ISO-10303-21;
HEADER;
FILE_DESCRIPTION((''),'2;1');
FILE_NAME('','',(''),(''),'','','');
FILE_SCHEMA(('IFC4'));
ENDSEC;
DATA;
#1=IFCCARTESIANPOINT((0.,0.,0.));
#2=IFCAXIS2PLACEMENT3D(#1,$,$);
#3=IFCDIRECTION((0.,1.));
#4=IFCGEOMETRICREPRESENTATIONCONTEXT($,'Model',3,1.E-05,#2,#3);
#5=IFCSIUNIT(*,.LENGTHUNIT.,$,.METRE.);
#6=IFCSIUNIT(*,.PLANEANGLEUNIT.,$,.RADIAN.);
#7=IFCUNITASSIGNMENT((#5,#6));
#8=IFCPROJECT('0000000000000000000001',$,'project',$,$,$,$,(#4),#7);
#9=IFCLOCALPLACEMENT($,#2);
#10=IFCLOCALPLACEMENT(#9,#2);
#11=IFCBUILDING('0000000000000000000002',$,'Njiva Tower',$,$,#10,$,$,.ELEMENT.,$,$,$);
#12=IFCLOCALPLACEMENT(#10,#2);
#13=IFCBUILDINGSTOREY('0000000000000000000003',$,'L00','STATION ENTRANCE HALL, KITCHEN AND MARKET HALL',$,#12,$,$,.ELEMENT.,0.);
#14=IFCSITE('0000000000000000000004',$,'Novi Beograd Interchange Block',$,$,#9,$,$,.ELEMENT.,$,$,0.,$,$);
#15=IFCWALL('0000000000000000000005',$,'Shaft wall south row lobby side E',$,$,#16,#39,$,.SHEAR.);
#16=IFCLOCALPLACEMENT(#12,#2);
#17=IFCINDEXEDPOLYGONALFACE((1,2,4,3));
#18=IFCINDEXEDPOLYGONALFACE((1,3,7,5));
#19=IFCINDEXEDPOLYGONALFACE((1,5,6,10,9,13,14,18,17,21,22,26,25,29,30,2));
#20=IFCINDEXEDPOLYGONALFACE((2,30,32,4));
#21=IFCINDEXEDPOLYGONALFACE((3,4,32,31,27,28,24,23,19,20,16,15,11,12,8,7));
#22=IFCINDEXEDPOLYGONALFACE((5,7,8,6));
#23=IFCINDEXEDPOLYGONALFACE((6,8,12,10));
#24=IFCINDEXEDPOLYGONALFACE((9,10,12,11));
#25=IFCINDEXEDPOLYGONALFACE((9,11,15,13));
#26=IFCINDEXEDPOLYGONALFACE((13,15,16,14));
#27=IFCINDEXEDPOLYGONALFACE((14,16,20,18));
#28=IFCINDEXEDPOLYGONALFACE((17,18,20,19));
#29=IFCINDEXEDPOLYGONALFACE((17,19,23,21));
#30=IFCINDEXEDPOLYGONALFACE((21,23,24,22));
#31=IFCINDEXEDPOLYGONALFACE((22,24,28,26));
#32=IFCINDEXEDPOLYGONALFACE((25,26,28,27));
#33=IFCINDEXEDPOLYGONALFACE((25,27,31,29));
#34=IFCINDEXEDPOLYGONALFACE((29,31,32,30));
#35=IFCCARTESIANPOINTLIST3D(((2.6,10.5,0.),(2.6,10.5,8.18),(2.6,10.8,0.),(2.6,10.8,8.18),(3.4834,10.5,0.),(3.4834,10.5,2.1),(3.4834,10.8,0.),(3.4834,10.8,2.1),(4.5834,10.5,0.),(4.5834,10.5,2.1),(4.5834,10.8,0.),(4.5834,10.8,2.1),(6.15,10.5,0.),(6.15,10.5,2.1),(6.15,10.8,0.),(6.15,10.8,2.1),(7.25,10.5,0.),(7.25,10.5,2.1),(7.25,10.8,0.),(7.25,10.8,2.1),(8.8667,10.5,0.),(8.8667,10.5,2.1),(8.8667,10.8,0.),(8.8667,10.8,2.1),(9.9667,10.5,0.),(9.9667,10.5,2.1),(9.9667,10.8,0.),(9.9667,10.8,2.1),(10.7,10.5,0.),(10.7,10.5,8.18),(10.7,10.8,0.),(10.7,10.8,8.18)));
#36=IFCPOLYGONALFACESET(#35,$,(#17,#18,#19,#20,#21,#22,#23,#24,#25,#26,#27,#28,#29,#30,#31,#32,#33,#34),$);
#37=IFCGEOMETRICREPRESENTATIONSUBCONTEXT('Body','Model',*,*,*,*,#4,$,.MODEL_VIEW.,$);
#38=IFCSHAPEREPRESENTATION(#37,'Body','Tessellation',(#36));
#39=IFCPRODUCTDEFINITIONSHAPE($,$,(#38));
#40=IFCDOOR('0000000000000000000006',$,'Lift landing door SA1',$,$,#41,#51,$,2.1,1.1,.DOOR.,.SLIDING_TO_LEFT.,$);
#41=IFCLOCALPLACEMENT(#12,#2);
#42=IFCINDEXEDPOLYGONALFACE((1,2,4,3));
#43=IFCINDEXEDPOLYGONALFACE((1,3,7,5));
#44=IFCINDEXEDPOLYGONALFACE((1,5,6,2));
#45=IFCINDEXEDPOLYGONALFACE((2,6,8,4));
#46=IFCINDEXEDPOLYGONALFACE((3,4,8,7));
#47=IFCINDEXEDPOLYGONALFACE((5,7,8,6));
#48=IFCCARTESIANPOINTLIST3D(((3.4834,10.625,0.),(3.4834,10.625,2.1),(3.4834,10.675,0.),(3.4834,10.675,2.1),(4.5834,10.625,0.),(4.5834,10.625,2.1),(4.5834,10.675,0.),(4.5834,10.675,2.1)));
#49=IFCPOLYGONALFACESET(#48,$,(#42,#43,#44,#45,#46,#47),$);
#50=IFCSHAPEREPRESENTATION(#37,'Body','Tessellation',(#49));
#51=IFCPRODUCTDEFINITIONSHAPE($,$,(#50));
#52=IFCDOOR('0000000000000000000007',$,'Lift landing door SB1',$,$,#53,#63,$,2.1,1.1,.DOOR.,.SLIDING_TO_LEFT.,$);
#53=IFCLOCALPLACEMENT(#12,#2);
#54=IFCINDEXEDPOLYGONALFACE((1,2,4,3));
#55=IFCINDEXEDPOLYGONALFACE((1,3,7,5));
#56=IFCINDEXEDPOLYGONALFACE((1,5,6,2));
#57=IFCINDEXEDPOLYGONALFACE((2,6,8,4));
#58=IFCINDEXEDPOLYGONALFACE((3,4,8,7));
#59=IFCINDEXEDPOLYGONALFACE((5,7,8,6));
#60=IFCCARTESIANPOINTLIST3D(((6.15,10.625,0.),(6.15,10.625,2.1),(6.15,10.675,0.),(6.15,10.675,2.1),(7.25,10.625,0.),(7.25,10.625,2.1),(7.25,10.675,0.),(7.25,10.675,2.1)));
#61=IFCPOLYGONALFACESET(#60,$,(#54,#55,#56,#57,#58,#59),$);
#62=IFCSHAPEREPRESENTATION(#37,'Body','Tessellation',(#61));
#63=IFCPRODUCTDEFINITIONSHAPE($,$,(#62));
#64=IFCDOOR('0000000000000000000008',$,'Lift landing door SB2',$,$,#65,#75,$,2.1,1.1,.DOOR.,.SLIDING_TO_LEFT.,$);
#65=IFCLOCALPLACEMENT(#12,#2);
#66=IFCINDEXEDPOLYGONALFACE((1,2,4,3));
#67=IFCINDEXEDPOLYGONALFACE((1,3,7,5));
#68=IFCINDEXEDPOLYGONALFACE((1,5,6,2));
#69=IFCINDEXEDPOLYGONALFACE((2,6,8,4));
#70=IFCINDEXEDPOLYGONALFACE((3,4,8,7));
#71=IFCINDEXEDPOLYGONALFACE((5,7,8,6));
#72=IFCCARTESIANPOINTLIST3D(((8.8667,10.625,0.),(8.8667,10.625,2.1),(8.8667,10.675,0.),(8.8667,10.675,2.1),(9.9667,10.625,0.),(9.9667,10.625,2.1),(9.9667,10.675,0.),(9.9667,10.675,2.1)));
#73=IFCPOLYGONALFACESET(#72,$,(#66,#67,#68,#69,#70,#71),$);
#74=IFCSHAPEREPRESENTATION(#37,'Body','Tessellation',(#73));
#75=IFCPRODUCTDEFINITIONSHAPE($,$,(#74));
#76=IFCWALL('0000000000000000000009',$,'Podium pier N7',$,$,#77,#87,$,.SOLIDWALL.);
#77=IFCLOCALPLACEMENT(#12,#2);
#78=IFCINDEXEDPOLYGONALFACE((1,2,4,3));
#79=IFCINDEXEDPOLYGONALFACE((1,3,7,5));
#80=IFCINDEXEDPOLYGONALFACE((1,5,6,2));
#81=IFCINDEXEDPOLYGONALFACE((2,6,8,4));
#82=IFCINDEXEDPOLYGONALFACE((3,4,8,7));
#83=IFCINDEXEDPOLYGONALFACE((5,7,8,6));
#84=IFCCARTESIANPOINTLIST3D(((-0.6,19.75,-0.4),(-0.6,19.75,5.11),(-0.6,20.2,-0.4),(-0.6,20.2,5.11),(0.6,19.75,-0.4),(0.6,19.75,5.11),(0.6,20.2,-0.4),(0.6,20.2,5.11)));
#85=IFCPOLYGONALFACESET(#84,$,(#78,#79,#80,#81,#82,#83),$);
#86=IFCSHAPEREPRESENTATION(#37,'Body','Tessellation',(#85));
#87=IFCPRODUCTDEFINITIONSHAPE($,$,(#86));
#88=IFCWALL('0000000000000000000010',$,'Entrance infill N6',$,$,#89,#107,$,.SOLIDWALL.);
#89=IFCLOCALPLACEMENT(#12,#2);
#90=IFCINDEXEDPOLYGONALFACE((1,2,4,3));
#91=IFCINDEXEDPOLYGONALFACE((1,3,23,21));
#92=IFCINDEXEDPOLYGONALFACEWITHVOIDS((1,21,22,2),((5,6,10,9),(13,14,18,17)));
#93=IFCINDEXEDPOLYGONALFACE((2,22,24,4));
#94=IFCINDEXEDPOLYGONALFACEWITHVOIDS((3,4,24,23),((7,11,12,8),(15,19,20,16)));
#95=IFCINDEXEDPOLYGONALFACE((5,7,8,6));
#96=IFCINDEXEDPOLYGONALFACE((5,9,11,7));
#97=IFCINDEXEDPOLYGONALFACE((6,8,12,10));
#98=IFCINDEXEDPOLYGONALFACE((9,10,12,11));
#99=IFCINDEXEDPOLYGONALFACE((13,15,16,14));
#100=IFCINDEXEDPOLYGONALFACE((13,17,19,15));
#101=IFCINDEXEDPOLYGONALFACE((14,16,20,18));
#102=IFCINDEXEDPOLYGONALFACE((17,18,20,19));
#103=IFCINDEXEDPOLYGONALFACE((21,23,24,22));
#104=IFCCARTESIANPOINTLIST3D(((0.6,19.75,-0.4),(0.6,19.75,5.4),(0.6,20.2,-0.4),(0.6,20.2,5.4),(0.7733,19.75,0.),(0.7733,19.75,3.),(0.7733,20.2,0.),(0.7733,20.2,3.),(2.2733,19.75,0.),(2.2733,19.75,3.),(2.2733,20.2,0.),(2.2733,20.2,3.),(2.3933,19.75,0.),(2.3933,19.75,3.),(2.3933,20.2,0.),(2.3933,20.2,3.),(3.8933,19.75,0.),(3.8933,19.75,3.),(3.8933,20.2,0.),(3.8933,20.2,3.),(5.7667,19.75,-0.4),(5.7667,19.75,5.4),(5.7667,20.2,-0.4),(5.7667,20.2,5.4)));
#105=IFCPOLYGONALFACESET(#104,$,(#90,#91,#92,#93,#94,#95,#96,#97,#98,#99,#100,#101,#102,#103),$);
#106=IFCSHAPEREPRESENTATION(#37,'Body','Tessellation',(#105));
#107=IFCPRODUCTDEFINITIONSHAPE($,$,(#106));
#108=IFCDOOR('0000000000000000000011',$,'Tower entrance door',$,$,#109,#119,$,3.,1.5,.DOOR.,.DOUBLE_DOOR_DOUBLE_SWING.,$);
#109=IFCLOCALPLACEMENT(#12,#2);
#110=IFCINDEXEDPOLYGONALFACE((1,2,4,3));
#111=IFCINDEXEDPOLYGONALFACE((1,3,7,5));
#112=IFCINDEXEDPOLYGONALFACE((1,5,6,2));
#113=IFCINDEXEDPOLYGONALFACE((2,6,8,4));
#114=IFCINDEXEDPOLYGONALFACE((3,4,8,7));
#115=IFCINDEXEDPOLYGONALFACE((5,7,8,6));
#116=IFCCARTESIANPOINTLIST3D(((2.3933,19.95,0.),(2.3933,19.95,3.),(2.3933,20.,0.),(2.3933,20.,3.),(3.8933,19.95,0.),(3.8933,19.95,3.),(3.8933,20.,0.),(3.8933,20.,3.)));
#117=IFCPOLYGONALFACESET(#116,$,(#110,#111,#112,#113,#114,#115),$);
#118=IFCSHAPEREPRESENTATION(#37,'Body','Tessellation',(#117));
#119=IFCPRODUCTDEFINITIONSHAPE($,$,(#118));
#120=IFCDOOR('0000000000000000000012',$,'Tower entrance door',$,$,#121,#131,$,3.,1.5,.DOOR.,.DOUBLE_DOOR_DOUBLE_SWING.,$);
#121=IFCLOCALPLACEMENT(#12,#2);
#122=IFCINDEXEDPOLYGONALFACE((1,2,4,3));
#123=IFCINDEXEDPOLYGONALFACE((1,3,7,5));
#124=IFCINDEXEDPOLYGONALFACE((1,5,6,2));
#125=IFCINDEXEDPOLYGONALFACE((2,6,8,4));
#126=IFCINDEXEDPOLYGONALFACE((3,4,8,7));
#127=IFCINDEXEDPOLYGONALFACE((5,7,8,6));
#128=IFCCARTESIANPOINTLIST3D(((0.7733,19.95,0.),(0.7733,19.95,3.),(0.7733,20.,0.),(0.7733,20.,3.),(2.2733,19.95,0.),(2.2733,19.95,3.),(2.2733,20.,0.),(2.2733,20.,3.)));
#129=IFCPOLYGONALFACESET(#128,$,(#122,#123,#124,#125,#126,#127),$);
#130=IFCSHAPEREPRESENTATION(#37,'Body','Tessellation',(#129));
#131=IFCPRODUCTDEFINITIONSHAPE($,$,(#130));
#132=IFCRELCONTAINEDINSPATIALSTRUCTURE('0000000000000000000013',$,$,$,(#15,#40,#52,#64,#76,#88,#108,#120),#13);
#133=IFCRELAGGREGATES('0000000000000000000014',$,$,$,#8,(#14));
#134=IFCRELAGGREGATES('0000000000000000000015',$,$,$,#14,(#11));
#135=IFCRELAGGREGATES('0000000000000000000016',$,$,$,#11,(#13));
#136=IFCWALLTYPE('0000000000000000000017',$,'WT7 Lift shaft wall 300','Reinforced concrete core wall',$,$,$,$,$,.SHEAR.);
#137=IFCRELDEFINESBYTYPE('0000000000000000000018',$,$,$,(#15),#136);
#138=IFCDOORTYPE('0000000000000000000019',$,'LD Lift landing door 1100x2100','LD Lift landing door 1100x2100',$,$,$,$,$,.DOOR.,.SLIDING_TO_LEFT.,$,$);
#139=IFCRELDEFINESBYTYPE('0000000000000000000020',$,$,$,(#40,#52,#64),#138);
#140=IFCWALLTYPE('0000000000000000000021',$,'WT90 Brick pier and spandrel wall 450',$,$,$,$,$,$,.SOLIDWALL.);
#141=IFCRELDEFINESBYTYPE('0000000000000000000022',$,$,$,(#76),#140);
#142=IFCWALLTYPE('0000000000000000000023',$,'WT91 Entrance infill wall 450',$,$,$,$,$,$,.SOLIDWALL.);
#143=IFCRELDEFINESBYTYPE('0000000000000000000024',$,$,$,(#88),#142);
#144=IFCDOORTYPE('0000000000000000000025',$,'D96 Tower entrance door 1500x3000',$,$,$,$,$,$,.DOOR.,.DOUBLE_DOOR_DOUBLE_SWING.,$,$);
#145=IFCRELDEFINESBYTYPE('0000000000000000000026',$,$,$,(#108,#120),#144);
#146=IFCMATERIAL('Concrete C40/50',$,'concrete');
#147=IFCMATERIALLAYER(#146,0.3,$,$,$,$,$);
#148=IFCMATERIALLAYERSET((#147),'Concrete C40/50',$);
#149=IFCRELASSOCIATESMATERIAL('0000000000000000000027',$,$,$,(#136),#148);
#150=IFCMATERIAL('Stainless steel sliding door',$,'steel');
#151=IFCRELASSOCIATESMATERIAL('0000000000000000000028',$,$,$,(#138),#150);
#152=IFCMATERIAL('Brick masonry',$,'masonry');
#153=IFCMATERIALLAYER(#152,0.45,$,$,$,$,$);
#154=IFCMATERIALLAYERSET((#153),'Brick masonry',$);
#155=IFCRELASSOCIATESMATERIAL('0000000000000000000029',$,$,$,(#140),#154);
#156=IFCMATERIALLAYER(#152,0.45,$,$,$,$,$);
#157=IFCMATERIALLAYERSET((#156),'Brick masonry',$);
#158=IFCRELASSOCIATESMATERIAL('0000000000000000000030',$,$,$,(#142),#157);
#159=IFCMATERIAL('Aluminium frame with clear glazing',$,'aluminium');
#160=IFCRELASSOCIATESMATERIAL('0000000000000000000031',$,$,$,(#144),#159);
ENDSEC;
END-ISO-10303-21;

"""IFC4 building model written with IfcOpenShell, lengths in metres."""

from ifc_helpers import new_model, si_unit, direction, frame, frame_2d, origin, place, context, subcontext, project, spatial, polyline, rectangle, outline, extrude, material, layer, layer_set, type_object, element, fill, save


model = new_model("IFC4")

# Units and contexts
model_context = context("Model", 3, precision=1e-05, world=origin(), true_north=direction((0.0, 1.0)))
body_context = subcontext(model_context, "Body", "Model", "MODEL_VIEW")
ifc_project = project(units=[si_unit("LENGTHUNIT", "METRE"), si_unit("PLANEANGLEUNIT", "RADIAN")], contexts=[model_context])

# Site, building, storey
site_placement = place(None, origin())
site = spatial("IfcSite", under=ifc_project, at=site_placement, Name="Novi Beograd Interchange Block", CompositionType="ELEMENT", RefElevation=0.0)
building_placement = place(site_placement, origin())
building = spatial("IfcBuilding", under=site, at=building_placement, Name="Njiva Tower", CompositionType="ELEMENT")
storey_placement = place(building_placement, origin())
storey = spatial("IfcBuildingStorey", under=building, at=storey_placement, Name="L00", Description="STATION ENTRANCE HALL, KITCHEN AND MARKET HALL", CompositionType="ELEMENT", Elevation=0.0)

# Shared definitions
ifc_material_1 = material(Name="Concrete C40/50", Category="concrete")

# Wall, openings, doors
ifc_layer_1 = layer(ifc_material_1, 0.3)
ifc_layer_set_1 = layer_set([ifc_layer_1], Name="Concrete C40/50")
wall_type_1 = type_object("IfcWallType", Name="WT7 Lift shaft wall 300", Description="Reinforced concrete core wall", PredefinedType="SHEAR", material=ifc_layer_set_1)
wall_1_placement = place(storey_placement, frame((2.6, 10.65, 0.0), z_axis=(0.0, 0.0, 1.0), x_axis=(1.0, 0.0, 0.0)))
wall_1 = element("IfcWall", 1, at=wall_1_placement, inside=storey, type_object=wall_type_1, Name="Shaft wall south row lobby side E", PredefinedType="SHEAR", context=body_context, shape_type="SweptSolid", body=[
    extrude(rectangle(XDim=8.1, YDim=0.3, at=frame_2d((4.05, 0.0))), origin(), (0.0, 0.0, 1.0), 8.18),
])
opening_1_placement = place(wall_1_placement, frame((0.8834, 0.0, 0.0)))
opening_1 = element("IfcOpeningElement", 2, at=opening_1_placement, cuts=wall_1, PredefinedType="OPENING", context=body_context, shape_type="SweptSolid", body=[
    extrude(rectangle(XDim=1.1, YDim=2.1, at=frame_2d((0.55, 1.05))), frame((0.0, 0.16, 0.0), z_axis=(0.0, -1.0, 0.0), x_axis=(1.0, 0.0, 0.0)), (0.0, 0.0, 1.0), 0.32),
])
opening_2_placement = place(wall_1_placement, frame((3.55, 0.0, 0.0)))
opening_2 = element("IfcOpeningElement", 3, at=opening_2_placement, cuts=wall_1, PredefinedType="OPENING", context=body_context, shape_type="SweptSolid", body=[
    extrude(rectangle(XDim=1.1, YDim=2.1, at=frame_2d((0.55, 1.05))), frame((0.0, 0.16, 0.0), z_axis=(0.0, -1.0, 0.0), x_axis=(1.0, 0.0, 0.0)), (0.0, 0.0, 1.0), 0.32),
])
opening_3_placement = place(wall_1_placement, frame((6.2667, 0.0, 0.0)))
opening_3 = element("IfcOpeningElement", 4, at=opening_3_placement, cuts=wall_1, PredefinedType="OPENING", context=body_context, shape_type="SweptSolid", body=[
    extrude(rectangle(XDim=1.1, YDim=2.1, at=frame_2d((0.55, 1.05))), frame((0.0, 0.16, 0.0), z_axis=(0.0, -1.0, 0.0), x_axis=(1.0, 0.0, 0.0)), (0.0, 0.0, 1.0), 0.32),
])
ifc_material_2 = material(Name="Stainless steel sliding door", Category="steel")
door_type_1 = type_object("IfcDoorType", Name="LD Lift landing door 1100x2100", Description="LD Lift landing door 1100x2100", OperationType="SLIDING_TO_LEFT", PredefinedType="DOOR", material=ifc_material_2)
door_1_placement = place(opening_1_placement, origin())
door_1 = element("IfcDoor", 5, at=door_1_placement, inside=storey, type_object=door_type_1, Name="Lift landing door SA1", OperationType="SLIDING_TO_LEFT", OverallHeight=2.1, OverallWidth=1.1, PredefinedType="DOOR", context=body_context, shape_type="SweptSolid", body=[
    extrude(rectangle(XDim=1.1, YDim=2.1, at=frame_2d((0.55, 1.05))), frame((0.0, 0.025, 0.0), z_axis=(0.0, -1.0, 0.0), x_axis=(1.0, 0.0, 0.0)), (0.0, 0.0, 1.0), 0.05),
])
fill(opening_1, door_1)
door_2_placement = place(opening_2_placement, origin())
door_2 = element("IfcDoor", 6, at=door_2_placement, inside=storey, type_object=door_type_1, Name="Lift landing door SB1", OperationType="SLIDING_TO_LEFT", OverallHeight=2.1, OverallWidth=1.1, PredefinedType="DOOR", context=body_context, shape_type="SweptSolid", body=[
    extrude(rectangle(XDim=1.1, YDim=2.1, at=frame_2d((0.55, 1.05))), frame((0.0, 0.025, 0.0), z_axis=(0.0, -1.0, 0.0), x_axis=(1.0, 0.0, 0.0)), (0.0, 0.0, 1.0), 0.05),
])
fill(opening_2, door_2)
door_3_placement = place(opening_3_placement, origin())
door_3 = element("IfcDoor", 7, at=door_3_placement, inside=storey, type_object=door_type_1, Name="Lift landing door SB2", OperationType="SLIDING_TO_LEFT", OverallHeight=2.1, OverallWidth=1.1, PredefinedType="DOOR", context=body_context, shape_type="SweptSolid", body=[
    extrude(rectangle(XDim=1.1, YDim=2.1, at=frame_2d((0.55, 1.05))), frame((0.0, 0.025, 0.0), z_axis=(0.0, -1.0, 0.0), x_axis=(1.0, 0.0, 0.0)), (0.0, 0.0, 1.0), 0.05),
])
fill(opening_3, door_3)

# Wall
ifc_material_3 = material(Name="Brick masonry", Category="masonry")
ifc_layer_2 = layer(ifc_material_3, 0.45)
ifc_layer_set_2 = layer_set([ifc_layer_2], Name="Brick masonry")
wall_type_2 = type_object("IfcWallType", Name="WT90 Brick pier and spandrel wall 450", PredefinedType="SOLIDWALL", material=ifc_layer_set_2)
wall_2_placement = place(storey_placement, frame((0.6, 19.975, -0.4), z_axis=(0.0, 0.0, 1.0), x_axis=(-1.0, 0.0, 0.0)))
element("IfcWall", 8, at=wall_2_placement, inside=storey, type_object=wall_type_2, Name="Podium pier N7", PredefinedType="SOLIDWALL", context=body_context, shape_type="SweptSolid", body=[
    extrude(outline(polyline([(0.0, -0.225), (1.2, -0.225), (1.2, 0.225), (0.0, 0.225), (0.0, -0.225)])), origin(), (0.0, 0.0, 1.0), 5.51),
])

# Wall, openings, doors
ifc_layer_3 = layer(ifc_material_3, 0.45)
ifc_layer_set_3 = layer_set([ifc_layer_3], Name="Brick masonry")
wall_type_3 = type_object("IfcWallType", Name="WT91 Entrance infill wall 450", PredefinedType="SOLIDWALL", material=ifc_layer_set_3)
wall_3_placement = place(storey_placement, frame((5.7667, 19.975, -0.4), z_axis=(0.0, 0.0, 1.0), x_axis=(-1.0, 0.0, 0.0)))
wall_3 = element("IfcWall", 9, at=wall_3_placement, inside=storey, type_object=wall_type_3, Name="Entrance infill N6", PredefinedType="SOLIDWALL", context=body_context, shape_type="SweptSolid", body=[
    extrude(outline(polyline([(0.0, -0.225), (5.1667, -0.225), (5.1667, 0.225), (0.0, 0.225), (0.0, -0.225)])), origin(), (0.0, 0.0, 1.0), 5.8),
])
opening_4_placement = place(wall_3_placement, frame((1.8734, 0.0, 0.4)))
opening_4 = element("IfcOpeningElement", 10, at=opening_4_placement, cuts=wall_3, PredefinedType="OPENING", context=body_context, shape_type="SweptSolid", body=[
    extrude(rectangle(XDim=1.5, YDim=3.0, at=frame_2d((0.75, 1.5))), frame((0.0, 0.235, 0.0), z_axis=(0.0, -1.0, 0.0), x_axis=(1.0, 0.0, 0.0)), (0.0, 0.0, 1.0), 0.47),
])
opening_5_placement = place(wall_3_placement, frame((3.4934, 0.0, 0.4)))
opening_5 = element("IfcOpeningElement", 11, at=opening_5_placement, cuts=wall_3, PredefinedType="OPENING", context=body_context, shape_type="SweptSolid", body=[
    extrude(rectangle(XDim=1.5, YDim=3.0, at=frame_2d((0.75, 1.5))), frame((0.0, 0.235, 0.0), z_axis=(0.0, -1.0, 0.0), x_axis=(1.0, 0.0, 0.0)), (0.0, 0.0, 1.0), 0.47),
])
ifc_material_4 = material(Name="Aluminium frame with clear glazing", Category="aluminium")
door_type_2 = type_object("IfcDoorType", Name="D96 Tower entrance door 1500x3000", OperationType="DOUBLE_DOOR_DOUBLE_SWING", PredefinedType="DOOR", material=ifc_material_4)
door_4_placement = place(opening_4_placement, frame((1.5, 0.0, 0.0), z_axis=(0.0, 0.0, 1.0), x_axis=(-1.0, 0.0, 0.0)))
door_4 = element("IfcDoor", 12, at=door_4_placement, inside=storey, type_object=door_type_2, Name="Tower entrance door", OperationType="DOUBLE_DOOR_DOUBLE_SWING", OverallHeight=3.0, OverallWidth=1.5, PredefinedType="DOOR", context=body_context, shape_type="SweptSolid", body=[
    extrude(rectangle(XDim=1.5, YDim=3.0, at=frame_2d((0.75, 1.5))), frame((0.0, 0.025, 0.0), z_axis=(0.0, -1.0, 0.0), x_axis=(1.0, 0.0, 0.0)), (0.0, 0.0, 1.0), 0.05),
])
fill(opening_4, door_4)
door_5_placement = place(opening_5_placement, frame((1.5, 0.0, 0.0), z_axis=(0.0, 0.0, 1.0), x_axis=(-1.0, 0.0, 0.0)))
door_5 = element("IfcDoor", 13, at=door_5_placement, inside=storey, type_object=door_type_2, Name="Tower entrance door", OperationType="DOUBLE_DOOR_DOUBLE_SWING", OverallHeight=3.0, OverallWidth=1.5, PredefinedType="DOOR", context=body_context, shape_type="SweptSolid", body=[
    extrude(rectangle(XDim=1.5, YDim=3.0, at=frame_2d((0.75, 1.5))), frame((0.0, 0.025, 0.0), z_axis=(0.0, -1.0, 0.0), x_axis=(1.0, 0.0, 0.0)), (0.0, 0.0, 1.0), 0.05),
])
fill(opening_5, door_5)

save(model, "model.ifc")
